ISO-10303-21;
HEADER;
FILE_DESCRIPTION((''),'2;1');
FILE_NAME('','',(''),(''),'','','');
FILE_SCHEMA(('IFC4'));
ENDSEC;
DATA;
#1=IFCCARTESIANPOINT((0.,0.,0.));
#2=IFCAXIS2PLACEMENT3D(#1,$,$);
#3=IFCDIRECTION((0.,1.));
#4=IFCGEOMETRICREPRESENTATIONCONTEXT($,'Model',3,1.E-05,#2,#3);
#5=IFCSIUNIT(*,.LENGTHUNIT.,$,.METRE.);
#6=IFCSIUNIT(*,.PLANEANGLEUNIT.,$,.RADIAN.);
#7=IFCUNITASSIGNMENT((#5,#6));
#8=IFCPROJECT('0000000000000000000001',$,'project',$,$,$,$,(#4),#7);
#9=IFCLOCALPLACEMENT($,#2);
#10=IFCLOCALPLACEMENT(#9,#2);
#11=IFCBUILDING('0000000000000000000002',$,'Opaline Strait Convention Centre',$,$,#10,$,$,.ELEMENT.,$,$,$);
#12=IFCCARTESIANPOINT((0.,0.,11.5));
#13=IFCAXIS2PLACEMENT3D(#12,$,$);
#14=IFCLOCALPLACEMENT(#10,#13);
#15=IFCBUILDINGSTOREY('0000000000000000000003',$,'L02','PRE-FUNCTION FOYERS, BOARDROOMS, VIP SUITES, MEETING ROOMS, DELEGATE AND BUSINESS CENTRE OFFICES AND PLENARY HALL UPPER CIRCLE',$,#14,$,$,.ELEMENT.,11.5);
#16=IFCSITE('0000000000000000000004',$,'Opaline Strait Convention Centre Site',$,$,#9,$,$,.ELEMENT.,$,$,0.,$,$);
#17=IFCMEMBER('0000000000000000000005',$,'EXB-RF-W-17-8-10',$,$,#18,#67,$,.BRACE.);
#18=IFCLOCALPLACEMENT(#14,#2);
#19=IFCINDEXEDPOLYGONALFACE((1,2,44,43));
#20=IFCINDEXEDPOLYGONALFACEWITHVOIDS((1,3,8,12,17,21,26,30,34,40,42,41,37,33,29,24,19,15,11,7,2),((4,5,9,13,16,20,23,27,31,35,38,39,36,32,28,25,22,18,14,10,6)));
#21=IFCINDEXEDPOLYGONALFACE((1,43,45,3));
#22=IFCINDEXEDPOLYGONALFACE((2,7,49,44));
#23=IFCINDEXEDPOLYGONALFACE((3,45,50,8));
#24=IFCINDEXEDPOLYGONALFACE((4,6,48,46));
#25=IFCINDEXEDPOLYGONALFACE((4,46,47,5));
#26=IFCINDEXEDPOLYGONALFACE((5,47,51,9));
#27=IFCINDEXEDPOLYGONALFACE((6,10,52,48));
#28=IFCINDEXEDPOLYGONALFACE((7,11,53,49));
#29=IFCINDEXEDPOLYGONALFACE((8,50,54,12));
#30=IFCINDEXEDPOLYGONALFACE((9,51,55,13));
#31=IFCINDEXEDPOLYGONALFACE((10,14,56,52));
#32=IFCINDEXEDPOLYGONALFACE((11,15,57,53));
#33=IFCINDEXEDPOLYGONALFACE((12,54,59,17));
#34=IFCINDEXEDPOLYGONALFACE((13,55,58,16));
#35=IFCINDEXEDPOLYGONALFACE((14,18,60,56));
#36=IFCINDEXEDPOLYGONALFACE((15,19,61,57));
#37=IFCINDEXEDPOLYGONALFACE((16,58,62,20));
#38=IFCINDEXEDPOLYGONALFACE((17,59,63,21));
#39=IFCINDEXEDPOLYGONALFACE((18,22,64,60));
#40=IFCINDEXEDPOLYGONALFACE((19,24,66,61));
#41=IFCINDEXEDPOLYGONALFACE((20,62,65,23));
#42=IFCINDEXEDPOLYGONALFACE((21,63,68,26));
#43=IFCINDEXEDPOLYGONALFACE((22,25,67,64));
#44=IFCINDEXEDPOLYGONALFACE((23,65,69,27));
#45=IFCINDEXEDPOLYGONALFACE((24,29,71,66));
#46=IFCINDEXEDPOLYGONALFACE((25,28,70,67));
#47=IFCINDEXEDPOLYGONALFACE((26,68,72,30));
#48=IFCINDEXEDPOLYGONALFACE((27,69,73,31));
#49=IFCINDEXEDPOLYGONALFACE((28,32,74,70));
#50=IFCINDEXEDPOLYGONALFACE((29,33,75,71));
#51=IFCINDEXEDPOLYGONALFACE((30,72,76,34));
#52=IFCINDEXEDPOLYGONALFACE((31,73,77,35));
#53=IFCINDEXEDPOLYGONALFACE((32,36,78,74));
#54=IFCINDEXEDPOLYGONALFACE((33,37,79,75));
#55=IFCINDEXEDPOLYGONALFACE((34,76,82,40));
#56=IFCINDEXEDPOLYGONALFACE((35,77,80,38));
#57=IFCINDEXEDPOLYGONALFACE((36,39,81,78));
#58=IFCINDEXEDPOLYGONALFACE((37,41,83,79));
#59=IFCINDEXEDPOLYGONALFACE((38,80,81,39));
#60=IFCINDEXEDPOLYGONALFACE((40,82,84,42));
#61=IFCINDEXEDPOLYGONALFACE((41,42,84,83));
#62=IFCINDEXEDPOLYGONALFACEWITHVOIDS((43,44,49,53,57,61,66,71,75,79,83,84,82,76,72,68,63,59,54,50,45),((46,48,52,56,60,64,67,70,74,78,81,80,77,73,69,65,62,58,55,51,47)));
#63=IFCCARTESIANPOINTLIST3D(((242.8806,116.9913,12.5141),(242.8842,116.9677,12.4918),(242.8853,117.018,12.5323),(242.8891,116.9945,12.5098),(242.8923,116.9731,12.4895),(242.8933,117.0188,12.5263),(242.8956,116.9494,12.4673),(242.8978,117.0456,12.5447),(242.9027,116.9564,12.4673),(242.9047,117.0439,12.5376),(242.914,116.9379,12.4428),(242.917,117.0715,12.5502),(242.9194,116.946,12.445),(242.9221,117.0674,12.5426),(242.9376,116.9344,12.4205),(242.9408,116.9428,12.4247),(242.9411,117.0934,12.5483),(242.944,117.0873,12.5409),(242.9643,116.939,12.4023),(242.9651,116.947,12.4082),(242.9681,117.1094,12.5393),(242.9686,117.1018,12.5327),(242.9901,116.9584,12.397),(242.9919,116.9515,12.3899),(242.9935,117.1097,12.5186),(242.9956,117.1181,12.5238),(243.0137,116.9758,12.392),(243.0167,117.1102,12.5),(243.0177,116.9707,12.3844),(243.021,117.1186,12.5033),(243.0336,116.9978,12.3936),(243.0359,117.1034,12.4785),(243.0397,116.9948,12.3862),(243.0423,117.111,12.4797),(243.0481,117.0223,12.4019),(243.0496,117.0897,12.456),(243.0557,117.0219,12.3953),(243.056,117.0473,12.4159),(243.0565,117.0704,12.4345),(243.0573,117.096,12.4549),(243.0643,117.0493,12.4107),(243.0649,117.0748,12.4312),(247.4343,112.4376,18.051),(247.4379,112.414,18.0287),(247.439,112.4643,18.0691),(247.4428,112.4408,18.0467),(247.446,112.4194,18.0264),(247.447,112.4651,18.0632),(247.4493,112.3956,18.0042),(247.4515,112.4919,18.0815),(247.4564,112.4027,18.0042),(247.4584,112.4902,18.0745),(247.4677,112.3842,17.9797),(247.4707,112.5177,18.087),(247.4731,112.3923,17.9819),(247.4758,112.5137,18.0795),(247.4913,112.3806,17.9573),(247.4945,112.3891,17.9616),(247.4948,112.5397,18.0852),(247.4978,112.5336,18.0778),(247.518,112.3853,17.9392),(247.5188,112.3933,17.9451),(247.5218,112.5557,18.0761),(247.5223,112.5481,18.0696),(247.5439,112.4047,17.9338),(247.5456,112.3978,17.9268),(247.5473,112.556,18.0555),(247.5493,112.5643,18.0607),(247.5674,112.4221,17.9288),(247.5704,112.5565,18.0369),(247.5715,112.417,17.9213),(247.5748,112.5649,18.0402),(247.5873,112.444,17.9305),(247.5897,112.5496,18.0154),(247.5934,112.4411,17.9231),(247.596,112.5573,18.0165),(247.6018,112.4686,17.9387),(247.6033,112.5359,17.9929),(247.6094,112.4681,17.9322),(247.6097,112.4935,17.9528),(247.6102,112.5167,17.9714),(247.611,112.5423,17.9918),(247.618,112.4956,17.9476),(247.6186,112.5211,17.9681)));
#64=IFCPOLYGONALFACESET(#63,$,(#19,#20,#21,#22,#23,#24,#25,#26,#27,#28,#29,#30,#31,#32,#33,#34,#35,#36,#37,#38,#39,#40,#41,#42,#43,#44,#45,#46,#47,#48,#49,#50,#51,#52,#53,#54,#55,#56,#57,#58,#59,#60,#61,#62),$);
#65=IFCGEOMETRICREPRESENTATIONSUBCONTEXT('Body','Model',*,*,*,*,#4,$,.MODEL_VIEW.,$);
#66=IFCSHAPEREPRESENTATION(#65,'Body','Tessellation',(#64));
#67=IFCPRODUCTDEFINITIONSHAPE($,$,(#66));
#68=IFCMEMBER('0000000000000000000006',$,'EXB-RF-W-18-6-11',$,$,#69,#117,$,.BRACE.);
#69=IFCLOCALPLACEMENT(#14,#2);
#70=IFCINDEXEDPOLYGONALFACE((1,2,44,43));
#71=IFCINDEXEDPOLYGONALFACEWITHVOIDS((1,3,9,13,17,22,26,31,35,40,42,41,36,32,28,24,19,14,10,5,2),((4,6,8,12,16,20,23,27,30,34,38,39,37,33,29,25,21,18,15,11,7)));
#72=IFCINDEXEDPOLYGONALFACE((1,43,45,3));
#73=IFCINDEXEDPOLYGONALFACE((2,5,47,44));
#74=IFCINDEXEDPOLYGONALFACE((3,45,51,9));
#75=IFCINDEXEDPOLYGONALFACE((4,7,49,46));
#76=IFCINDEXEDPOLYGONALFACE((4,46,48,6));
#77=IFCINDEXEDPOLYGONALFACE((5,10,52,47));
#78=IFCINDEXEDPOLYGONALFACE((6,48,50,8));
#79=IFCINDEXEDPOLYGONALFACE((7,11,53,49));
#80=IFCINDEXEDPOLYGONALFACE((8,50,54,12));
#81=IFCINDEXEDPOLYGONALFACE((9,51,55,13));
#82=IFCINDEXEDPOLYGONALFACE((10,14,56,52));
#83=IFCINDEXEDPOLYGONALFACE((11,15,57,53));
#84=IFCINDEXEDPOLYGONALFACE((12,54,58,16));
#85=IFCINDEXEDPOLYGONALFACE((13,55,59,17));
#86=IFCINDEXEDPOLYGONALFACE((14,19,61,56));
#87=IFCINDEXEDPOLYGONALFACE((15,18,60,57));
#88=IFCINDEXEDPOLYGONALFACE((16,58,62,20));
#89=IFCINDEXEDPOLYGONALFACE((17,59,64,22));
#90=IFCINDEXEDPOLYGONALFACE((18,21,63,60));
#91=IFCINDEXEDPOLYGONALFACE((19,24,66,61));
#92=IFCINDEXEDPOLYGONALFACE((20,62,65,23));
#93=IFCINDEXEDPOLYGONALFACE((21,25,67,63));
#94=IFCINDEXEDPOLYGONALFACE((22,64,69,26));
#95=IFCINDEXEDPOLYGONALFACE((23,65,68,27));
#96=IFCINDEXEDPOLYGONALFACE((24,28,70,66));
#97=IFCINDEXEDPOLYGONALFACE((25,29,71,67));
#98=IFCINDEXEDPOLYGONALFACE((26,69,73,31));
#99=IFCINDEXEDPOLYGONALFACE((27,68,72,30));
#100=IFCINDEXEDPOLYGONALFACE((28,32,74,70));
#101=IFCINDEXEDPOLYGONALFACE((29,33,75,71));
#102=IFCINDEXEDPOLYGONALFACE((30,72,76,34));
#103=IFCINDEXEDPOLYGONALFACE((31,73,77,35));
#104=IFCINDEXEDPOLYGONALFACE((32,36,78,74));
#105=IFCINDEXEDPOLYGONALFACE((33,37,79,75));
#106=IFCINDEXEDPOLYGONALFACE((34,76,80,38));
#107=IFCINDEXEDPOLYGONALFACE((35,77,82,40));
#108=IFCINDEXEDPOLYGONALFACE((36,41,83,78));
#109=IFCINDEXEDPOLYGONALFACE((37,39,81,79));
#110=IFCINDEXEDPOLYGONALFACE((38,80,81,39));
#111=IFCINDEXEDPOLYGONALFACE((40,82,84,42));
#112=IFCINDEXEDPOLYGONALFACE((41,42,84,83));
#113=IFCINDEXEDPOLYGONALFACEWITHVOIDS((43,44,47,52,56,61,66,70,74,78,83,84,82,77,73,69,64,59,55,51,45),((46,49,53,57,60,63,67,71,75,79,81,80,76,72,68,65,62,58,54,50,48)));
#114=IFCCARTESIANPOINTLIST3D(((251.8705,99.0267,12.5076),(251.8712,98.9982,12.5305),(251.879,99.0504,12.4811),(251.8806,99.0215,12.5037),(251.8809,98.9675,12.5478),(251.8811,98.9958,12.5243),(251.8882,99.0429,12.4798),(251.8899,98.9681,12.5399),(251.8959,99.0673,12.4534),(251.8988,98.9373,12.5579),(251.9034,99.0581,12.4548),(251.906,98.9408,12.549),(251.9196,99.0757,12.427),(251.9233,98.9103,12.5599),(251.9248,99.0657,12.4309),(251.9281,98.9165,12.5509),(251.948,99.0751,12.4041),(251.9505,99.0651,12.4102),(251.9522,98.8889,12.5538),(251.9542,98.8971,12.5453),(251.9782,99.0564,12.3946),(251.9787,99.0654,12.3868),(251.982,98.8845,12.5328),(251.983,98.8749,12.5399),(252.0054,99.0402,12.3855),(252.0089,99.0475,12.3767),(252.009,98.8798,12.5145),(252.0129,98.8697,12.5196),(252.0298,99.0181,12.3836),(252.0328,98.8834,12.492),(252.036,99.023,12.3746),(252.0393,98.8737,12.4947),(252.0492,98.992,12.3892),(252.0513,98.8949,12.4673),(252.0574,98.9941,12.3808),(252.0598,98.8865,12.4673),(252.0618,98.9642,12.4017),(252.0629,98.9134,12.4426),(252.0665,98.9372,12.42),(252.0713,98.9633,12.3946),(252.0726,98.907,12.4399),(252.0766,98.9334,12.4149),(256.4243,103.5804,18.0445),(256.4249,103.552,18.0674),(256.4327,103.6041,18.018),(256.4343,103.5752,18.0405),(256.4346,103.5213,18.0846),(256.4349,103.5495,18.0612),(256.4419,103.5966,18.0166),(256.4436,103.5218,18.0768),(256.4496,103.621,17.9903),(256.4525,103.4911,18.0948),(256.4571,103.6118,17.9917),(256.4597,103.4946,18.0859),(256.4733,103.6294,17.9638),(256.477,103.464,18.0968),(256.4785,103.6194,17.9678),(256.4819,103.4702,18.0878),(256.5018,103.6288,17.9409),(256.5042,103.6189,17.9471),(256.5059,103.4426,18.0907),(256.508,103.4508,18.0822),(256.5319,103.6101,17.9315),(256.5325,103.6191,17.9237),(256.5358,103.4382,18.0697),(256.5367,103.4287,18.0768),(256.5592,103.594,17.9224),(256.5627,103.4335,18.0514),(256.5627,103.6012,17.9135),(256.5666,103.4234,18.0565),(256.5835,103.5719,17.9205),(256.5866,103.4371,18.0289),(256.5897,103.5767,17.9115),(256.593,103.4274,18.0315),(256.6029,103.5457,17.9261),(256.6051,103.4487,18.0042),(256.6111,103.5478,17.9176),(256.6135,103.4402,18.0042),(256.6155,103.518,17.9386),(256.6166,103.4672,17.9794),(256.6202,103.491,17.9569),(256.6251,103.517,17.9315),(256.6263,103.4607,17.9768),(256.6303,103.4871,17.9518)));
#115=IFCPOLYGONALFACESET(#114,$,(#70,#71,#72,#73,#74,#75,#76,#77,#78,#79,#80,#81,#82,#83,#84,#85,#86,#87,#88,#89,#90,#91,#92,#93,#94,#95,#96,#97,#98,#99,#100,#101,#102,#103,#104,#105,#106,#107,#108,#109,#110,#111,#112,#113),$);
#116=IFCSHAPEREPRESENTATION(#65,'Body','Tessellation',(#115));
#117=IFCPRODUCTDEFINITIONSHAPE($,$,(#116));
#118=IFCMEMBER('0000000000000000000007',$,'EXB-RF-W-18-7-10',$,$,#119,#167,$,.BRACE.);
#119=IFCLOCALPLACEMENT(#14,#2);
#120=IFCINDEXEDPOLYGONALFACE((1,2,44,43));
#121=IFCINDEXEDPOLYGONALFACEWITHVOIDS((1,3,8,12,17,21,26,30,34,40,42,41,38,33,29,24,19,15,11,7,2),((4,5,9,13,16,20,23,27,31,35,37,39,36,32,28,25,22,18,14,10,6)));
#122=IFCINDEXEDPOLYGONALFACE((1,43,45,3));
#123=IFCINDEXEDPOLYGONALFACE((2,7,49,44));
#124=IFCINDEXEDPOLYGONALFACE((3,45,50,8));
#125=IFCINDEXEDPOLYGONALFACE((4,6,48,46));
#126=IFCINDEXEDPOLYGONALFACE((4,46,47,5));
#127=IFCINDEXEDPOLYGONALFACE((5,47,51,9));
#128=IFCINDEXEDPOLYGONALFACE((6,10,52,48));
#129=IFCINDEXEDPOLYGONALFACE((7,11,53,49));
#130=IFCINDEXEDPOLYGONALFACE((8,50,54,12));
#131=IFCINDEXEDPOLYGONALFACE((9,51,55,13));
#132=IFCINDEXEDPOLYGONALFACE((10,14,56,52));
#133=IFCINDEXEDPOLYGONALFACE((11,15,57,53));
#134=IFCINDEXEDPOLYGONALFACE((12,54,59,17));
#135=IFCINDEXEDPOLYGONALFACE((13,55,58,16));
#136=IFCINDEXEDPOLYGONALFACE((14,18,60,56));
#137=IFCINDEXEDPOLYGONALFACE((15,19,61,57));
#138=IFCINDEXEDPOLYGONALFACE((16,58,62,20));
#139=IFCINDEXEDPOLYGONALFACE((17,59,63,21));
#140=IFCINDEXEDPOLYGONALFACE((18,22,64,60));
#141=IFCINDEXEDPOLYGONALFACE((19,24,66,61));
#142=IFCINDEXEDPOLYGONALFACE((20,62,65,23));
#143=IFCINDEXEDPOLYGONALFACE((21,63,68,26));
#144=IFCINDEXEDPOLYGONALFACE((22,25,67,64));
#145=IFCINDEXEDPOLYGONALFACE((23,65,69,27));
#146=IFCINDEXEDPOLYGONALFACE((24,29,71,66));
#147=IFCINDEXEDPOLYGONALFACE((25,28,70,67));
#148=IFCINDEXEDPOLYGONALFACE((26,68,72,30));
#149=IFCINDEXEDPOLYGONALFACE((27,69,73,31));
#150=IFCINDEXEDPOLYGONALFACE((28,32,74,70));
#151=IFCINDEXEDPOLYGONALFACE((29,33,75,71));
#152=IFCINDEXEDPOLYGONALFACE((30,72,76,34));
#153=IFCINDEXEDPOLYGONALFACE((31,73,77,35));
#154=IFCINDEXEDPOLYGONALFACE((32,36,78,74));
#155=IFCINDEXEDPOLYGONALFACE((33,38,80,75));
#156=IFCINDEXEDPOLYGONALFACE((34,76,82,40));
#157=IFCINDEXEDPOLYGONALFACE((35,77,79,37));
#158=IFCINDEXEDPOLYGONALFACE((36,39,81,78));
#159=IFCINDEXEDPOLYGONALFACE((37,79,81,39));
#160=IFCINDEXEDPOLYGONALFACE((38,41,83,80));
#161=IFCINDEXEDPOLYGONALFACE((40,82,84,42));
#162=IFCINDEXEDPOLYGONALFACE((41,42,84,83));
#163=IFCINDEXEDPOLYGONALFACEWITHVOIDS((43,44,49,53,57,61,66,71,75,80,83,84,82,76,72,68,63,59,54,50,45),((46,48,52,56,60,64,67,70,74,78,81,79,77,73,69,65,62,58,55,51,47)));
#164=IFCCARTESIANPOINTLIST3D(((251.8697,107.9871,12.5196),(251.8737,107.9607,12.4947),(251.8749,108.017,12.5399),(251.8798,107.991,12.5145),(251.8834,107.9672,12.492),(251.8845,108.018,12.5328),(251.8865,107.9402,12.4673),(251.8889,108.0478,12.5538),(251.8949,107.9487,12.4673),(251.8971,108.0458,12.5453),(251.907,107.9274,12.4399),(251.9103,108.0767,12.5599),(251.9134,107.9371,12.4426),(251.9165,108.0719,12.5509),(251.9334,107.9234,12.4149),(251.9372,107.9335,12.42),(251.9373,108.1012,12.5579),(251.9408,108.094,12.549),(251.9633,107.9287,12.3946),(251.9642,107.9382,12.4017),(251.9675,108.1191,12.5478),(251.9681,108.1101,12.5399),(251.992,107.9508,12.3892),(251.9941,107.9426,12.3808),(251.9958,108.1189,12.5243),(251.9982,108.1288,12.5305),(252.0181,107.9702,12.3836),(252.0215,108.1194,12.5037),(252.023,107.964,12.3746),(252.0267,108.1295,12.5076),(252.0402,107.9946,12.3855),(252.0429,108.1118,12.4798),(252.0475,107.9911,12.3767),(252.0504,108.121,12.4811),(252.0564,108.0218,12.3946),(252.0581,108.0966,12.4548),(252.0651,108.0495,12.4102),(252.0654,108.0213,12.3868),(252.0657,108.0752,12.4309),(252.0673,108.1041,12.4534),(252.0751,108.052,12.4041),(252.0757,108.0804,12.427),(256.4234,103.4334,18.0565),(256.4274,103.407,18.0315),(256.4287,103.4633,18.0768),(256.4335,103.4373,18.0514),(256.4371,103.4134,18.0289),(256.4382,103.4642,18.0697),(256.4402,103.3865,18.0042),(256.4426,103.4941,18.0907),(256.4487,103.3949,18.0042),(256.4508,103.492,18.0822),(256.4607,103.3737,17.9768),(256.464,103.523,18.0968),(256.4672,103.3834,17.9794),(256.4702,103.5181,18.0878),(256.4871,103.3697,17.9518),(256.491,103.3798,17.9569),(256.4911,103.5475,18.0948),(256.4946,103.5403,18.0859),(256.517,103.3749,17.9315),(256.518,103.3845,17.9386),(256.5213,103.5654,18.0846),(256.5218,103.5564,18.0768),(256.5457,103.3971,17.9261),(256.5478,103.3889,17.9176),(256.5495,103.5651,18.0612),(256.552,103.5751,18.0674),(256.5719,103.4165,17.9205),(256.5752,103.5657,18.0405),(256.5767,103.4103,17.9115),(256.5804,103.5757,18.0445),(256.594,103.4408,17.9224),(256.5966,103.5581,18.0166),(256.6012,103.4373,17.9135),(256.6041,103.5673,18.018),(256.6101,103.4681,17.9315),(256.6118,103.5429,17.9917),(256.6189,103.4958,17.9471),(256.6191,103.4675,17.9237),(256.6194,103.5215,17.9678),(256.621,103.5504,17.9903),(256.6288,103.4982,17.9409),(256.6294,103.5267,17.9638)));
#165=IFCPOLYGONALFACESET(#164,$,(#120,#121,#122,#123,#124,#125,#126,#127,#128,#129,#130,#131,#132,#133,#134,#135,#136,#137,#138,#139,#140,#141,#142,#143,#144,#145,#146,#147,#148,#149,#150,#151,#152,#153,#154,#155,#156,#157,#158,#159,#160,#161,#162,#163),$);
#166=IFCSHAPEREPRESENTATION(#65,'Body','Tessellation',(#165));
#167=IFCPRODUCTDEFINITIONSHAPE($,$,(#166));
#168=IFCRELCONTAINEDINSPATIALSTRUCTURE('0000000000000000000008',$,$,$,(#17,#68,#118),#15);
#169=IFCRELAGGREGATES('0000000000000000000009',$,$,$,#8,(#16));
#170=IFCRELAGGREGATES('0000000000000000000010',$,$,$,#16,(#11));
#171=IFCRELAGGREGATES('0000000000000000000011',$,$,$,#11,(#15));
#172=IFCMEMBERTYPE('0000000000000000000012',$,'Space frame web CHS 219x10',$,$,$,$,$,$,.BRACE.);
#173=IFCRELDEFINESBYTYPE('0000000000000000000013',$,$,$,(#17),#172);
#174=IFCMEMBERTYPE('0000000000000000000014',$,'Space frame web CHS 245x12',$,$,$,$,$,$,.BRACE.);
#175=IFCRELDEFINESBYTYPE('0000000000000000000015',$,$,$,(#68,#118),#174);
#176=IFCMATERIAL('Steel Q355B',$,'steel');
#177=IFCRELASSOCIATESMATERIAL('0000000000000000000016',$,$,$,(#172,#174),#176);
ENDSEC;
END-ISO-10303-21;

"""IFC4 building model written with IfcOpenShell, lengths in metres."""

from ifc_helpers import new_model, si_unit, direction, frame, origin, origin_2d, place, context, subcontext, project, spatial, hollow_circle, extrude, material, material_profile, profile_set, type_object, element, save


model = new_model("IFC4")

# Units and contexts
model_context = context("Model", 3, precision=1e-05, world=origin(), true_north=direction((0.0, 1.0)))
body_context = subcontext(model_context, "Body", "Model", "MODEL_VIEW")
ifc_project = project(units=[si_unit("LENGTHUNIT", "METRE"), si_unit("PLANEANGLEUNIT", "RADIAN")], contexts=[model_context])

# Site, building, storey
site_placement = place(None, origin())
site = spatial("IfcSite", under=ifc_project, at=site_placement, Name="Opaline Strait Convention Centre Site", CompositionType="ELEMENT", RefElevation=0.0)
building_placement = place(site_placement, origin())
building = spatial("IfcBuilding", under=site, at=building_placement, Name="Opaline Strait Convention Centre", CompositionType="ELEMENT")
storey_placement = place(building_placement, frame((0.0, 0.0, 11.5)))
storey = spatial("IfcBuildingStorey", under=building, at=storey_placement, Name="L02", Description="PRE-FUNCTION FOYERS, BOARDROOMS, VIP SUITES, MEETING ROOMS, DELEGATE AND BUSINESS CENTRE OFFICES AND PLENARY HALL UPPER CIRCLE", CompositionType="ELEMENT", Elevation=11.5)

# Members
ifc_material = material(Name="Steel Q355B", Category="steel")
ifc_material_profile_1 = material_profile(ifc_material, hollow_circle(Radius=0.1096, WallThickness=0.01, at=origin_2d()), Name="CHS 219x10")
ifc_profile_set_1 = profile_set([ifc_material_profile_1], Name="Steel Q355B")
member_type_1 = type_object("IfcMemberType", Name="Space frame web CHS 219x10", PredefinedType="BRACE", material=ifc_profile_set_1)
for number, where, z_axis, x_axis, name in (
    (1, (247.5269, 112.4731, 18.0042), (-0.536178, 0.536178, -0.65194), (-0.707107, -0.707107, 0.0), "EXB-RF-W-17-8-10"),
):
    element("IfcMember", number, at=place(storey_placement, frame(where, z_axis=z_axis, x_axis=x_axis)), inside=storey, type_object=member_type_1, Name=name, PredefinedType="BRACE", context=body_context, shape_type="SweptSolid", body=[
        extrude(hollow_circle(Radius=0.1096, WallThickness=0.01, at=origin_2d()), origin(), (0.0, 0.0, 1.0), 8.4929),
    ])
ifc_material_profile_2 = material_profile(ifc_material, hollow_circle(Radius=0.1226, WallThickness=0.012, at=origin_2d()), Name="CHS 245x12")
ifc_profile_set_2 = profile_set([ifc_material_profile_2], Name="Steel Q355B")
member_type_2 = type_object("IfcMemberType", Name="Space frame web CHS 245x12", PredefinedType="BRACE", material=ifc_profile_set_2)
for number, where, z_axis, x_axis, name in (
    (2, (256.5269, 103.5269, 18.0042), (-0.536178, -0.536178, -0.65194), (0.707107, -0.707107, 0.0), "EXB-RF-W-18-6-11"),
    (3, (256.5269, 103.4731, 18.0042), (-0.536178, 0.536178, -0.65194), (-0.707107, -0.707107, 0.0), "EXB-RF-W-18-7-10"),
):
    element("IfcMember", number, at=place(storey_placement, frame(where, z_axis=z_axis, x_axis=x_axis)), inside=storey, type_object=member_type_2, Name=name, PredefinedType="BRACE", context=body_context, shape_type="SweptSolid", body=[
        extrude(hollow_circle(Radius=0.1226, WallThickness=0.012, at=origin_2d()), origin(), (0.0, 0.0, 1.0), 8.4929),
    ])

save(model, "model.ifc")
